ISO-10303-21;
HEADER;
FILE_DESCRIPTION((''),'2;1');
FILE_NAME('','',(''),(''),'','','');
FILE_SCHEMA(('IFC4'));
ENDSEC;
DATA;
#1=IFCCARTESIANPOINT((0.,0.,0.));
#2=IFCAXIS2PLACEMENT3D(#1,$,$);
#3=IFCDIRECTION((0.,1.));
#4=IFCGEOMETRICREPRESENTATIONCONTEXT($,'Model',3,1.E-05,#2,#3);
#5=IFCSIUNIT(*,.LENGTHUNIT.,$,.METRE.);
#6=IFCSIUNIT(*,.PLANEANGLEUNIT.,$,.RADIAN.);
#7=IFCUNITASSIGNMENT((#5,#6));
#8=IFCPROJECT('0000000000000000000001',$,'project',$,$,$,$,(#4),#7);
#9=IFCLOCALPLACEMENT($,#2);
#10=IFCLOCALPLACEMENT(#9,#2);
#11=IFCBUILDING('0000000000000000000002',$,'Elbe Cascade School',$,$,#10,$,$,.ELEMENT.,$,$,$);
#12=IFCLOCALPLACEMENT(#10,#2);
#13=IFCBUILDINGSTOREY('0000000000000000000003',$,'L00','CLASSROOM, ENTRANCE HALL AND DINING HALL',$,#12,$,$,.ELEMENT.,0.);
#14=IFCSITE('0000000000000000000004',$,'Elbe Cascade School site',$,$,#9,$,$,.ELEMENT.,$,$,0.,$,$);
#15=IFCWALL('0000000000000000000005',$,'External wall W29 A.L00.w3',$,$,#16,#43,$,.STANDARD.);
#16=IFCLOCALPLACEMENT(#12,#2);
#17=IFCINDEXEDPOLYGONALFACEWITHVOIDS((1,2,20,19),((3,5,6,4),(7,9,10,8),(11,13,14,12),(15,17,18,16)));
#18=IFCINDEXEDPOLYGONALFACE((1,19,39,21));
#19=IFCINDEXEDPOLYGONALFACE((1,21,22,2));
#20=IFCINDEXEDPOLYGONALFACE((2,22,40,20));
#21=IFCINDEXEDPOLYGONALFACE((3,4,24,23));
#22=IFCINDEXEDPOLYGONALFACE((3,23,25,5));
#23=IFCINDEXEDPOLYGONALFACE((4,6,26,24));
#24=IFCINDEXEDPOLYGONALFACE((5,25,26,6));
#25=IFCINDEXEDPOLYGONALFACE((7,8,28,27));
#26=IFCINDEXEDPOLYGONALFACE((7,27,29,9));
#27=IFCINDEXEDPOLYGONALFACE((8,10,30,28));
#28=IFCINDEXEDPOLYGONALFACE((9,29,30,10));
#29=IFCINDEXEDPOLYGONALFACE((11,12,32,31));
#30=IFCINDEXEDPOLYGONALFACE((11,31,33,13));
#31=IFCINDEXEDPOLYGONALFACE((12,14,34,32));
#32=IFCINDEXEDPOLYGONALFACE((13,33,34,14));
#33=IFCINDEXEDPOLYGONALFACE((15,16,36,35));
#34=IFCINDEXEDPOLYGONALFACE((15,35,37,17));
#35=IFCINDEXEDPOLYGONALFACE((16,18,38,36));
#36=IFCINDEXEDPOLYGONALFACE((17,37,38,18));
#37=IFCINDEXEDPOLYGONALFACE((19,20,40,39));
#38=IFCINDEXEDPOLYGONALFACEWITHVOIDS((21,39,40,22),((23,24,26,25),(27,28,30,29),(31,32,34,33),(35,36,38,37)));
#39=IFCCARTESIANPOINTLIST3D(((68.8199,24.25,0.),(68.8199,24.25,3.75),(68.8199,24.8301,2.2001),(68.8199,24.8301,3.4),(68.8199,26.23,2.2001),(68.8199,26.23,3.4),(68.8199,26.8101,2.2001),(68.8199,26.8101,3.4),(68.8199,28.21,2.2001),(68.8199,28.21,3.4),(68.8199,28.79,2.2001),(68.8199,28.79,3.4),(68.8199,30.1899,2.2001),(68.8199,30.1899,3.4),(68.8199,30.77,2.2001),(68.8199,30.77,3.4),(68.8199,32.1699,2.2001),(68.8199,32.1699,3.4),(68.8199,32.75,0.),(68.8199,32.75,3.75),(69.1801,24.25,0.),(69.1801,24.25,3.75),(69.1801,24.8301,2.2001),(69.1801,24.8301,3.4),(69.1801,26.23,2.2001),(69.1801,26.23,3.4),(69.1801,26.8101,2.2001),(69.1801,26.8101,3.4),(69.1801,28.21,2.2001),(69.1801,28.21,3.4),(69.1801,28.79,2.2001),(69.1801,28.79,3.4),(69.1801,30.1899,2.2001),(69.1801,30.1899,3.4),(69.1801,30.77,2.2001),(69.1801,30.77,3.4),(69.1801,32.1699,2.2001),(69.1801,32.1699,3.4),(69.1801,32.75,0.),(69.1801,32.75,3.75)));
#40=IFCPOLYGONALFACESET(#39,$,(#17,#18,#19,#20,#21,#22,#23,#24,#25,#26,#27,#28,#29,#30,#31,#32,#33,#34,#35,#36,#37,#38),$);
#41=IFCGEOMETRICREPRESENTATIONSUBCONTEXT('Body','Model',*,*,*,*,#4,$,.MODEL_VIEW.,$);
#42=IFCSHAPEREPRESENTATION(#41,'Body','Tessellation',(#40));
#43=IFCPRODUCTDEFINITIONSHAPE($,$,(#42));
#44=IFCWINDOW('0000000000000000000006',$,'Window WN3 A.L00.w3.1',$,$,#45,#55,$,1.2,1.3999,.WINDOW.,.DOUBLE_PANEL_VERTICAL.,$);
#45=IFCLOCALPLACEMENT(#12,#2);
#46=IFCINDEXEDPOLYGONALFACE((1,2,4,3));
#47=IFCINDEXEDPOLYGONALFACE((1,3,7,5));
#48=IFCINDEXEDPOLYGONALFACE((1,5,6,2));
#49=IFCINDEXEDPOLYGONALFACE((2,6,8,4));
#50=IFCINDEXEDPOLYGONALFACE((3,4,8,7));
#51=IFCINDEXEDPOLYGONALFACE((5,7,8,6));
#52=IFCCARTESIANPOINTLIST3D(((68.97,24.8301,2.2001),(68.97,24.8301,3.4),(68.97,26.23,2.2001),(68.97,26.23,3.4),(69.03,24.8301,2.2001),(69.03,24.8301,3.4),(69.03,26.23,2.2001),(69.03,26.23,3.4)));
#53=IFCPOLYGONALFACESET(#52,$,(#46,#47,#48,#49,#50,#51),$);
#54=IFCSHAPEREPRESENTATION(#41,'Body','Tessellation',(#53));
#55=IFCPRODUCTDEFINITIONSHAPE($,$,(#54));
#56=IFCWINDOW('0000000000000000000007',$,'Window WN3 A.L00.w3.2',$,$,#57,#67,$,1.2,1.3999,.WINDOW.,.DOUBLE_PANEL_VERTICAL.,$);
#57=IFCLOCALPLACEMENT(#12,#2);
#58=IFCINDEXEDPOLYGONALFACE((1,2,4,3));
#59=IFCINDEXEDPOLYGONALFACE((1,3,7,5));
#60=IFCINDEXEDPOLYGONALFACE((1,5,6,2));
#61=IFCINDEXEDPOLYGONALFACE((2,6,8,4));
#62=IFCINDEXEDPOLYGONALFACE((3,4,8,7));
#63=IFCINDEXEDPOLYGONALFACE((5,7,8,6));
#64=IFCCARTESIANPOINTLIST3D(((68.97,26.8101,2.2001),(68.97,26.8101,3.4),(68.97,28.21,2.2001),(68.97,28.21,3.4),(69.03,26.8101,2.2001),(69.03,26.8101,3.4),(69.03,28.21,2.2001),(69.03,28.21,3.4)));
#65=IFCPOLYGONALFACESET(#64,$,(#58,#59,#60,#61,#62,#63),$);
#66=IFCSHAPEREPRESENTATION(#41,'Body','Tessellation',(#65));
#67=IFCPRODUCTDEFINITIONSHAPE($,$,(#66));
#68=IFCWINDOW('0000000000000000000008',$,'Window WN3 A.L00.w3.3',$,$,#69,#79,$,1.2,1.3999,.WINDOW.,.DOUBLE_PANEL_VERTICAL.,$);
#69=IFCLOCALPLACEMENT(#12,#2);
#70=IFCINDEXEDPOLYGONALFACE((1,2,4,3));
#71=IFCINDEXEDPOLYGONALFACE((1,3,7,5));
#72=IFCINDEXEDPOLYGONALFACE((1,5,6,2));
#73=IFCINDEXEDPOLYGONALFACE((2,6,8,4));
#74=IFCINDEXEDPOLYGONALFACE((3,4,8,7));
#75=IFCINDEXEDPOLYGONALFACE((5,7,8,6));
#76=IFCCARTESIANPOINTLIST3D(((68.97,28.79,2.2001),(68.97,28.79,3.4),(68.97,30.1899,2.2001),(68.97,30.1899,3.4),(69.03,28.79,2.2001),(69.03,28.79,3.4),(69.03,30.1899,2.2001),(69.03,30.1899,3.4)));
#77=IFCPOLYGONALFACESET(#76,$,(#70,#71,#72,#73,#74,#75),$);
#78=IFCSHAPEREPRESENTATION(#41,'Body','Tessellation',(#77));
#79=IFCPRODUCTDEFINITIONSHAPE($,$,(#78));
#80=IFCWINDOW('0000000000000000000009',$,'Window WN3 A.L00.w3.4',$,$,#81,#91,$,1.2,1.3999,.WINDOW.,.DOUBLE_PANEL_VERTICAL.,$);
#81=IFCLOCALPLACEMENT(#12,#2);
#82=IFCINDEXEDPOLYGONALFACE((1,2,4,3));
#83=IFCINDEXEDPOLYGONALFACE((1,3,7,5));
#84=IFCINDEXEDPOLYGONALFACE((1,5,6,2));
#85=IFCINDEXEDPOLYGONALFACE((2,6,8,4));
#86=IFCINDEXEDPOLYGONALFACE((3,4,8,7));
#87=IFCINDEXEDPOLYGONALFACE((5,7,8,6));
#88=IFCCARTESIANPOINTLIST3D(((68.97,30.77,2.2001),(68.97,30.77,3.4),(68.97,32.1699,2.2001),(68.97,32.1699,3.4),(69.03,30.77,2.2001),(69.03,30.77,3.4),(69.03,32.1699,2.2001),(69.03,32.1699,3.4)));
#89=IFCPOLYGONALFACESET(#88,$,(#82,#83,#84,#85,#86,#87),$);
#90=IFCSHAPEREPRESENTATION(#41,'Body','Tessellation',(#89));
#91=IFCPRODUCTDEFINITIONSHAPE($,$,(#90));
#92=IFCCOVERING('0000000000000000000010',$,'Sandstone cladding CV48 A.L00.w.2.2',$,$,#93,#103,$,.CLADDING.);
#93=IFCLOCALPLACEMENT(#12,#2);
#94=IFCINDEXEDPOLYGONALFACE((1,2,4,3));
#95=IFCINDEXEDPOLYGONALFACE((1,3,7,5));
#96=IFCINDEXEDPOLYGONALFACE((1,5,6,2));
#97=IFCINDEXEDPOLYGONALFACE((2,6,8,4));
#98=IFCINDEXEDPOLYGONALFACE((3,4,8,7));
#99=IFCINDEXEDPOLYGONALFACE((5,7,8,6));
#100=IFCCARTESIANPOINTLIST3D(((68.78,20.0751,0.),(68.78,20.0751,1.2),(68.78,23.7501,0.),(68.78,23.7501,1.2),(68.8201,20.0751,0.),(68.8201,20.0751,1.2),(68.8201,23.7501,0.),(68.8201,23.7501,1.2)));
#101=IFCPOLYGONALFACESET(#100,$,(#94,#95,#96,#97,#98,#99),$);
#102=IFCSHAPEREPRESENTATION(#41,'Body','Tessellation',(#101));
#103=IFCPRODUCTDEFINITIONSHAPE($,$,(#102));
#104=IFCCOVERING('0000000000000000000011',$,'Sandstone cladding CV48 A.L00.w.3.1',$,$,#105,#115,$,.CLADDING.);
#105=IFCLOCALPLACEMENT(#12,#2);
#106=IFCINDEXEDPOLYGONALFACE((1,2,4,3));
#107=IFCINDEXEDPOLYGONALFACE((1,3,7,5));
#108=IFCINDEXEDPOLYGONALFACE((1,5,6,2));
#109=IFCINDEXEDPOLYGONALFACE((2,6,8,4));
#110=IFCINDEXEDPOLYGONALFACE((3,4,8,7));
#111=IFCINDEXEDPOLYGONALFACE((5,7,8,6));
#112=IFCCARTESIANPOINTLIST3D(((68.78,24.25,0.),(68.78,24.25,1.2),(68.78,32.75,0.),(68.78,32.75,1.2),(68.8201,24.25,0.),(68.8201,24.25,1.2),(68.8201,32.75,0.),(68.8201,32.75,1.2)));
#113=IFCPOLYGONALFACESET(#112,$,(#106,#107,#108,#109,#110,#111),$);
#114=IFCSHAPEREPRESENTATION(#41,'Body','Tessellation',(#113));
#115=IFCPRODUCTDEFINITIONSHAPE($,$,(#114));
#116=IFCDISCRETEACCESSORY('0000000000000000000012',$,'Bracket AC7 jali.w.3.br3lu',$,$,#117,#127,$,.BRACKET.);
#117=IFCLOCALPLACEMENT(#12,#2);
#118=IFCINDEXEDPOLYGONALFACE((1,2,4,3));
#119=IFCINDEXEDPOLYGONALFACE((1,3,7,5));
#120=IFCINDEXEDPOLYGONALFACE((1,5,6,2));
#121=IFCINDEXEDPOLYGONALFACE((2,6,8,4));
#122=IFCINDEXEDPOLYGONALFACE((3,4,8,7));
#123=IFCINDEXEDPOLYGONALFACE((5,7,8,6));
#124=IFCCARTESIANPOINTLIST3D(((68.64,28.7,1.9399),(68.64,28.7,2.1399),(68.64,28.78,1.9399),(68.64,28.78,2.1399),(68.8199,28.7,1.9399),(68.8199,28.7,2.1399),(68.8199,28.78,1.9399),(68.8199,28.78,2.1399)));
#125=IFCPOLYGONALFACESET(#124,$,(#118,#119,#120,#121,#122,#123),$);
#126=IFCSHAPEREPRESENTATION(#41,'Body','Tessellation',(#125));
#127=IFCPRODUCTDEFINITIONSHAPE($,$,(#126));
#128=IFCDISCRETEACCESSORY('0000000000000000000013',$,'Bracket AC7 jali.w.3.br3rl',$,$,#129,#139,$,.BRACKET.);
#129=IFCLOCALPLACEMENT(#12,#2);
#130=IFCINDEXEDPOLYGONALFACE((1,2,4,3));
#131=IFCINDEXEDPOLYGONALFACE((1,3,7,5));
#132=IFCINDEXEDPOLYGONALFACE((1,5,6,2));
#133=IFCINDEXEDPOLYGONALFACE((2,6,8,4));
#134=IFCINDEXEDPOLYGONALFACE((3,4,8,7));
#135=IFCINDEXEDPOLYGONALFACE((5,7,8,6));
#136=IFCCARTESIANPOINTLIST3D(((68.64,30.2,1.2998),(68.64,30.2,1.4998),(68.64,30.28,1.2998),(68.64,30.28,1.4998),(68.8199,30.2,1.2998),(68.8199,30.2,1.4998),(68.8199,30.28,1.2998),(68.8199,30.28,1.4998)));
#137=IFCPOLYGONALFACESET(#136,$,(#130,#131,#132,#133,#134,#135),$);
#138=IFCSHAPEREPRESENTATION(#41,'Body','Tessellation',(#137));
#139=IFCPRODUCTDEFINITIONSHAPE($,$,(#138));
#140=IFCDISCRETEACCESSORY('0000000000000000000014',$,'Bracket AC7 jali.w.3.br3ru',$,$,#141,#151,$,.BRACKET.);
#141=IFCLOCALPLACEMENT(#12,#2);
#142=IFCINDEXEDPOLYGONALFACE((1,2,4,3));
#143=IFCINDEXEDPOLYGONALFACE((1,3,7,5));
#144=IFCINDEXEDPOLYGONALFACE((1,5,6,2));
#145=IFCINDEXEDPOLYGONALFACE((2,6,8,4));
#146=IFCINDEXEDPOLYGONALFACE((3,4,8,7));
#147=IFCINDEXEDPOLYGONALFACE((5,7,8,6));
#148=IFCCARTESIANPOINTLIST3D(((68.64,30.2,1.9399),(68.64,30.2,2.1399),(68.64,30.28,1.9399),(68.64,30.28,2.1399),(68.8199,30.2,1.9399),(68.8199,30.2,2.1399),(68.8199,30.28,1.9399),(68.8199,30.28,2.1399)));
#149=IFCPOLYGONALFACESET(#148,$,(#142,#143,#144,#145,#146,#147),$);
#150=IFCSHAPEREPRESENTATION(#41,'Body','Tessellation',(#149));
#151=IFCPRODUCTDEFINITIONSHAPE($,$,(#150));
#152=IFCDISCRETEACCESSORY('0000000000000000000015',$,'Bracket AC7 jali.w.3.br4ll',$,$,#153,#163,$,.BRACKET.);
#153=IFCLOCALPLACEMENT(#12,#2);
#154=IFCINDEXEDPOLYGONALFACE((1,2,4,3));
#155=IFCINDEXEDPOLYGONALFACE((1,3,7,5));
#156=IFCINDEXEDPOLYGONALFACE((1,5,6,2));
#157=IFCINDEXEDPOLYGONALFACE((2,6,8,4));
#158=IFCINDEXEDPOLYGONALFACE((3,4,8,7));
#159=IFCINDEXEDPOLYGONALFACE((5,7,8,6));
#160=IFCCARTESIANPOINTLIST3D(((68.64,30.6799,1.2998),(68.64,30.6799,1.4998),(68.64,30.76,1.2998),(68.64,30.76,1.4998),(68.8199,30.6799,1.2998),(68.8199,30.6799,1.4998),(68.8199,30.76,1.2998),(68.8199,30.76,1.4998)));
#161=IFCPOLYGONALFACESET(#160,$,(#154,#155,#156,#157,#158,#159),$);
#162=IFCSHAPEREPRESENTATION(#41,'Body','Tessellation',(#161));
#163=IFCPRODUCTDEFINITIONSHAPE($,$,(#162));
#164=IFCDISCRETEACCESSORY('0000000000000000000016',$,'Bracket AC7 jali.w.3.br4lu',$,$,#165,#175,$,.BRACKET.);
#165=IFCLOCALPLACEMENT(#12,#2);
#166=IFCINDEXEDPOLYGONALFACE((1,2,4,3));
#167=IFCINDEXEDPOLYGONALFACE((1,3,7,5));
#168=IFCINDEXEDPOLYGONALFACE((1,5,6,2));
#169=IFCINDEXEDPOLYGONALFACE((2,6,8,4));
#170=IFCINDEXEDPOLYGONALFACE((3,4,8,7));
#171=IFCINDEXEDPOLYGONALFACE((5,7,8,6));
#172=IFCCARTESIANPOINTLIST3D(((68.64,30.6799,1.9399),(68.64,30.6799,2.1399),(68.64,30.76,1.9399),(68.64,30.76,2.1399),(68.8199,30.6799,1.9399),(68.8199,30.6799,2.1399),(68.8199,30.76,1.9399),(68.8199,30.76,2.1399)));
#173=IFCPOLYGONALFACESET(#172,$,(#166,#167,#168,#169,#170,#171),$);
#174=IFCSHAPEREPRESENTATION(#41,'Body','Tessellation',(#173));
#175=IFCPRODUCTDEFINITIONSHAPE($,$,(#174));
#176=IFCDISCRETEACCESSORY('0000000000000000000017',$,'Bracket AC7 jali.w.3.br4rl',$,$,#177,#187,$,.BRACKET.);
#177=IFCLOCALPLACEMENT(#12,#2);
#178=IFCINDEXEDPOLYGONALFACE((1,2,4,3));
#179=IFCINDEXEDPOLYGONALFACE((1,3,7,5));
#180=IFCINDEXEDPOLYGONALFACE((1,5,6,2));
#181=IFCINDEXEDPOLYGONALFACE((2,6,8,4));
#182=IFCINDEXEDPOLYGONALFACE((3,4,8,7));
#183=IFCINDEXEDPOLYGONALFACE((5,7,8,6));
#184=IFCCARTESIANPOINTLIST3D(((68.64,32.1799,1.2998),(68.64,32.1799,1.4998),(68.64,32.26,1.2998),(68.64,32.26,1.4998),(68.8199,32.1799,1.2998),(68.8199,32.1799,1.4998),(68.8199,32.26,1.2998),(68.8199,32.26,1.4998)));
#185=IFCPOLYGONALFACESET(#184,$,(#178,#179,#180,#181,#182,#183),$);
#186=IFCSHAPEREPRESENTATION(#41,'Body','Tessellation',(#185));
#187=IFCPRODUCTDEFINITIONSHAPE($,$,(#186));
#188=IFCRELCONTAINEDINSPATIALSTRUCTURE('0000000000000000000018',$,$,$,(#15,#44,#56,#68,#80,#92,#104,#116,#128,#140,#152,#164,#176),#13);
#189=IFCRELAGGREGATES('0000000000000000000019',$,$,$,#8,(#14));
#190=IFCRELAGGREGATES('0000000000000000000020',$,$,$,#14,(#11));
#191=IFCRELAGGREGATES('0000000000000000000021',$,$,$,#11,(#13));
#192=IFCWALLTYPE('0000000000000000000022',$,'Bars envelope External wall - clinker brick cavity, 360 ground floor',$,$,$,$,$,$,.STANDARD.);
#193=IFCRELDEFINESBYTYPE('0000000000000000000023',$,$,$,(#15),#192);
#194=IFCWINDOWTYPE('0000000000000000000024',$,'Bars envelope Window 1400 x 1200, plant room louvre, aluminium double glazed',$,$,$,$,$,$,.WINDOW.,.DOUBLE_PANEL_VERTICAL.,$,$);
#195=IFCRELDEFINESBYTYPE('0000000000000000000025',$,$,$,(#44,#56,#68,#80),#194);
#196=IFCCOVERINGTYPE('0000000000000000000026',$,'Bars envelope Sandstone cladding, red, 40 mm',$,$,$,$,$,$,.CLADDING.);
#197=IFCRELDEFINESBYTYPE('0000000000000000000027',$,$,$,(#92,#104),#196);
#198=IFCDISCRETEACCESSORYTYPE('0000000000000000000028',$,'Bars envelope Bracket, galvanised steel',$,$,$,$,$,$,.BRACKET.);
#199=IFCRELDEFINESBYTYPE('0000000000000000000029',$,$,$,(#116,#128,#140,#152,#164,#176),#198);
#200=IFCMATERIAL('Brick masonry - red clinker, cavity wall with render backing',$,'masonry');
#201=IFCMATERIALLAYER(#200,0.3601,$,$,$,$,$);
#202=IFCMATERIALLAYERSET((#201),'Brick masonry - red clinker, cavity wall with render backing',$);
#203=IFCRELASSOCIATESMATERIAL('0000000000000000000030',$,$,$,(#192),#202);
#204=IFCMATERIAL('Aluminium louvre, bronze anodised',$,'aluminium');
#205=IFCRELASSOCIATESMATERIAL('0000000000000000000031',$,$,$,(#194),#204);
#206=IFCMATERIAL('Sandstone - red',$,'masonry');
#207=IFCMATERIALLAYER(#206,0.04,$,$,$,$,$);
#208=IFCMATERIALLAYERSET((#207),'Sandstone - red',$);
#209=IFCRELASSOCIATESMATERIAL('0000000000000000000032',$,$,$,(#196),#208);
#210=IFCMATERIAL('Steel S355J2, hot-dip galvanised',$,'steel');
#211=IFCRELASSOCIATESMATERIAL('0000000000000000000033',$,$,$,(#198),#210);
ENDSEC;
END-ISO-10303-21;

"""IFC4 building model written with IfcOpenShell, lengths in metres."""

from ifc_helpers import new_model, si_unit, direction, frame, frame_2d, origin, origin_2d, place, context, subcontext, project, spatial, rectangle, extrude, material, layer, layer_set, type_object, element, fill, save


model = new_model("IFC4")

# Units and contexts
model_context = context("Model", 3, precision=1e-05, world=origin(), true_north=direction((0.0, 1.0)))
body_context = subcontext(model_context, "Body", "Model", "MODEL_VIEW")
ifc_project = project(units=[si_unit("LENGTHUNIT", "METRE"), si_unit("PLANEANGLEUNIT", "RADIAN")], contexts=[model_context])

# Site, building, storey
site_placement = place(None, origin())
site = spatial("IfcSite", under=ifc_project, at=site_placement, Name="Elbe Cascade School site", CompositionType="ELEMENT", RefElevation=0.0)
building_placement = place(site_placement, origin())
building = spatial("IfcBuilding", under=site, at=building_placement, Name="Elbe Cascade School", CompositionType="ELEMENT")
storey_placement = place(building_placement, origin())
storey = spatial("IfcBuildingStorey", under=building, at=storey_placement, Name="L00", Description="CLASSROOM, ENTRANCE HALL AND DINING HALL", CompositionType="ELEMENT", Elevation=0.0)

# Wall, openings, windows
ifc_material_1 = material(Name="Brick masonry - red clinker, cavity wall with render backing", Category="masonry")
ifc_layer_1 = layer(ifc_material_1, 0.3601)
ifc_layer_set_1 = layer_set([ifc_layer_1], Name="Brick masonry - red clinker, cavity wall with render backing")
wall_type_1 = type_object("IfcWallType", Name="Bars envelope External wall - clinker brick cavity, 360 ground floor", PredefinedType="STANDARD", material=ifc_layer_set_1)
wall_1_placement = place(storey_placement, frame((69.0, 24.25, 0.0), z_axis=(0.0, 0.0, 1.0), x_axis=(0.0, 1.0, 0.0)))
wall_1 = element("IfcWall", 1, at=wall_1_placement, inside=storey, type_object=wall_type_1, Name="External wall W29 A.L00.w3", PredefinedType="STANDARD", context=body_context, shape_type="SweptSolid", body=[
    extrude(rectangle(XDim=8.5, YDim=0.3601, at=frame_2d((4.25, 0.0))), origin(), (0.0, 0.0, 1.0), 3.75),
])
opening_1_placement = place(wall_1_placement, frame((0.5801, 0.0, 2.2)))
opening_1 = element("IfcOpeningElement", 2, at=opening_1_placement, cuts=wall_1, PredefinedType="OPENING", context=body_context, shape_type="SweptSolid", body=[
    extrude(rectangle(XDim=1.3999, YDim=1.2, at=frame_2d((0.7, 0.6001))), frame((0.0, 0.1899, 0.0), z_axis=(0.0, -1.0, 0.0), x_axis=(1.0, 0.0, 0.0)), (0.0, 0.0, 1.0), 0.3801),
])
opening_2_placement = place(wall_1_placement, frame((2.5601, 0.0, 2.2)))
opening_2 = element("IfcOpeningElement", 3, at=opening_2_placement, cuts=wall_1, PredefinedType="OPENING", context=body_context, shape_type="SweptSolid", body=[
    extrude(rectangle(XDim=1.3999, YDim=1.2, at=frame_2d((0.7, 0.6001))), frame((0.0, 0.1899, 0.0), z_axis=(0.0, -1.0, 0.0), x_axis=(1.0, 0.0, 0.0)), (0.0, 0.0, 1.0), 0.3801),
])
opening_3_placement = place(wall_1_placement, frame((4.54, 0.0, 2.2)))
opening_3 = element("IfcOpeningElement", 4, at=opening_3_placement, cuts=wall_1, PredefinedType="OPENING", context=body_context, shape_type="SweptSolid", body=[
    extrude(rectangle(XDim=1.3999, YDim=1.2, at=frame_2d((0.7, 0.6001))), frame((0.0, 0.1899, 0.0), z_axis=(0.0, -1.0, 0.0), x_axis=(1.0, 0.0, 0.0)), (0.0, 0.0, 1.0), 0.3801),
])
opening_4_placement = place(wall_1_placement, frame((6.52, 0.0, 2.2)))
opening_4 = element("IfcOpeningElement", 5, at=opening_4_placement, cuts=wall_1, PredefinedType="OPENING", context=body_context, shape_type="SweptSolid", body=[
    extrude(rectangle(XDim=1.3999, YDim=1.2, at=frame_2d((0.7, 0.6001))), frame((0.0, 0.1899, 0.0), z_axis=(0.0, -1.0, 0.0), x_axis=(1.0, 0.0, 0.0)), (0.0, 0.0, 1.0), 0.3801),
])
ifc_material_2 = material(Name="Aluminium louvre, bronze anodised", Category="aluminium")
window_type = type_object("IfcWindowType", Name="Bars envelope Window 1400 x 1200, plant room louvre, aluminium double glazed", PartitioningType="DOUBLE_PANEL_VERTICAL", PredefinedType="WINDOW", material=ifc_material_2)
window_1_placement = place(opening_1_placement, origin())
window_1 = element("IfcWindow", 6, at=window_1_placement, inside=storey, type_object=window_type, Name="Window WN3 A.L00.w3.1", OverallHeight=1.2, OverallWidth=1.3999, PartitioningType="DOUBLE_PANEL_VERTICAL", PredefinedType="WINDOW", context=body_context, shape_type="SweptSolid", body=[
    extrude(rectangle(XDim=1.3999, YDim=1.2, at=frame_2d((0.7, 0.6001))), frame((0.0, 0.03, 0.0), z_axis=(0.0, -1.0, 0.0), x_axis=(1.0, 0.0, 0.0)), (0.0, 0.0, 1.0), 0.0601),
])
fill(opening_1, window_1)
window_2_placement = place(opening_2_placement, origin())
window_2 = element("IfcWindow", 7, at=window_2_placement, inside=storey, type_object=window_type, Name="Window WN3 A.L00.w3.2", OverallHeight=1.2, OverallWidth=1.3999, PartitioningType="DOUBLE_PANEL_VERTICAL", PredefinedType="WINDOW", context=body_context, shape_type="SweptSolid", body=[
    extrude(rectangle(XDim=1.3999, YDim=1.2, at=frame_2d((0.7, 0.6001))), frame((0.0, 0.03, 0.0), z_axis=(0.0, -1.0, 0.0), x_axis=(1.0, 0.0, 0.0)), (0.0, 0.0, 1.0), 0.0601),
])
fill(opening_2, window_2)
window_3_placement = place(opening_3_placement, origin())
window_3 = element("IfcWindow", 8, at=window_3_placement, inside=storey, type_object=window_type, Name="Window WN3 A.L00.w3.3", OverallHeight=1.2, OverallWidth=1.3999, PartitioningType="DOUBLE_PANEL_VERTICAL", PredefinedType="WINDOW", context=body_context, shape_type="SweptSolid", body=[
    extrude(rectangle(XDim=1.3999, YDim=1.2, at=frame_2d((0.7, 0.6001))), frame((0.0, 0.03, 0.0), z_axis=(0.0, -1.0, 0.0), x_axis=(1.0, 0.0, 0.0)), (0.0, 0.0, 1.0), 0.0601),
])
fill(opening_3, window_3)
window_4_placement = place(opening_4_placement, origin())
window_4 = element("IfcWindow", 9, at=window_4_placement, inside=storey, type_object=window_type, Name="Window WN3 A.L00.w3.4", OverallHeight=1.2, OverallWidth=1.3999, PartitioningType="DOUBLE_PANEL_VERTICAL", PredefinedType="WINDOW", context=body_context, shape_type="SweptSolid", body=[
    extrude(rectangle(XDim=1.3999, YDim=1.2, at=frame_2d((0.7, 0.6001))), frame((0.0, 0.03, 0.0), z_axis=(0.0, -1.0, 0.0), x_axis=(1.0, 0.0, 0.0)), (0.0, 0.0, 1.0), 0.0601),
])
fill(opening_4, window_4)

# Coverings
ifc_material_3 = material(Name="Sandstone - red", Category="masonry")
ifc_layer_2 = layer(ifc_material_3, 0.04)
ifc_layer_set_2 = layer_set([ifc_layer_2], Name="Sandstone - red")
covering_type = type_object("IfcCoveringType", Name="Bars envelope Sandstone cladding, red, 40 mm", PredefinedType="CLADDING", material=ifc_layer_set_2)
covering_1_placement = place(storey_placement, frame((68.8, 21.9126, 0.0), z_axis=(0.0, 0.0, 1.0), x_axis=(0.0, 1.0, 0.0)))
element("IfcCovering", 10, at=covering_1_placement, inside=storey, type_object=covering_type, Name="Sandstone cladding CV48 A.L00.w.2.2", PredefinedType="CLADDING", context=body_context, shape_type="SweptSolid", body=[
    extrude(rectangle(XDim=3.675, YDim=0.04, at=origin_2d()), origin(), (0.0, 0.0, 1.0), 1.2),
])
covering_2_placement = place(storey_placement, frame((68.8, 28.5, 0.0), z_axis=(0.0, 0.0, 1.0), x_axis=(0.0, 1.0, 0.0)))
element("IfcCovering", 11, at=covering_2_placement, inside=storey, type_object=covering_type, Name="Sandstone cladding CV48 A.L00.w.3.1", PredefinedType="CLADDING", context=body_context, shape_type="SweptSolid", body=[
    extrude(rectangle(XDim=8.5, YDim=0.04, at=origin_2d()), origin(), (0.0, 0.0, 1.0), 1.2),
])

# Discrete accessories
ifc_material_4 = material(Name="Steel S355J2, hot-dip galvanised", Category="steel")
discrete_accessory_type = type_object("IfcDiscreteAccessoryType", Name="Bars envelope Bracket, galvanised steel", PredefinedType="BRACKET", material=ifc_material_4)
for number, where, z_axis, x_axis, name in (
    (12, (68.73, 28.74, 1.9399), (0.0, 0.0, 1.0), (0.0, 1.0, 0.0), "Bracket AC7 jali.w.3.br3lu"),
    (13, (68.73, 30.24, 1.2998), (0.0, 0.0, 1.0), (0.0, 1.0, 0.0), "Bracket AC7 jali.w.3.br3rl"),
    (14, (68.73, 30.24, 1.9399), (0.0, 0.0, 1.0), (0.0, 1.0, 0.0), "Bracket AC7 jali.w.3.br3ru"),
    (15, (68.73, 30.72, 1.2998), (0.0, 0.0, 1.0), (0.0, 1.0, 0.0), "Bracket AC7 jali.w.3.br4ll"),
    (16, (68.73, 30.72, 1.9399), (0.0, 0.0, 1.0), (0.0, 1.0, 0.0), "Bracket AC7 jali.w.3.br4lu"),
    (17, (68.73, 32.22, 1.2998), (0.0, 0.0, 1.0), (0.0, 1.0, 0.0), "Bracket AC7 jali.w.3.br4rl"),
):
    element("IfcDiscreteAccessory", number, at=place(storey_placement, frame(where, z_axis=z_axis, x_axis=x_axis)), inside=storey, type_object=discrete_accessory_type, Name=name, PredefinedType="BRACKET", context=body_context, shape_type="SweptSolid", body=[
        extrude(rectangle(XDim=0.0801, YDim=0.1799, at=origin_2d()), origin(), (0.0, 0.0, 1.0), 0.2),
    ])

save(model, "model.ifc")
